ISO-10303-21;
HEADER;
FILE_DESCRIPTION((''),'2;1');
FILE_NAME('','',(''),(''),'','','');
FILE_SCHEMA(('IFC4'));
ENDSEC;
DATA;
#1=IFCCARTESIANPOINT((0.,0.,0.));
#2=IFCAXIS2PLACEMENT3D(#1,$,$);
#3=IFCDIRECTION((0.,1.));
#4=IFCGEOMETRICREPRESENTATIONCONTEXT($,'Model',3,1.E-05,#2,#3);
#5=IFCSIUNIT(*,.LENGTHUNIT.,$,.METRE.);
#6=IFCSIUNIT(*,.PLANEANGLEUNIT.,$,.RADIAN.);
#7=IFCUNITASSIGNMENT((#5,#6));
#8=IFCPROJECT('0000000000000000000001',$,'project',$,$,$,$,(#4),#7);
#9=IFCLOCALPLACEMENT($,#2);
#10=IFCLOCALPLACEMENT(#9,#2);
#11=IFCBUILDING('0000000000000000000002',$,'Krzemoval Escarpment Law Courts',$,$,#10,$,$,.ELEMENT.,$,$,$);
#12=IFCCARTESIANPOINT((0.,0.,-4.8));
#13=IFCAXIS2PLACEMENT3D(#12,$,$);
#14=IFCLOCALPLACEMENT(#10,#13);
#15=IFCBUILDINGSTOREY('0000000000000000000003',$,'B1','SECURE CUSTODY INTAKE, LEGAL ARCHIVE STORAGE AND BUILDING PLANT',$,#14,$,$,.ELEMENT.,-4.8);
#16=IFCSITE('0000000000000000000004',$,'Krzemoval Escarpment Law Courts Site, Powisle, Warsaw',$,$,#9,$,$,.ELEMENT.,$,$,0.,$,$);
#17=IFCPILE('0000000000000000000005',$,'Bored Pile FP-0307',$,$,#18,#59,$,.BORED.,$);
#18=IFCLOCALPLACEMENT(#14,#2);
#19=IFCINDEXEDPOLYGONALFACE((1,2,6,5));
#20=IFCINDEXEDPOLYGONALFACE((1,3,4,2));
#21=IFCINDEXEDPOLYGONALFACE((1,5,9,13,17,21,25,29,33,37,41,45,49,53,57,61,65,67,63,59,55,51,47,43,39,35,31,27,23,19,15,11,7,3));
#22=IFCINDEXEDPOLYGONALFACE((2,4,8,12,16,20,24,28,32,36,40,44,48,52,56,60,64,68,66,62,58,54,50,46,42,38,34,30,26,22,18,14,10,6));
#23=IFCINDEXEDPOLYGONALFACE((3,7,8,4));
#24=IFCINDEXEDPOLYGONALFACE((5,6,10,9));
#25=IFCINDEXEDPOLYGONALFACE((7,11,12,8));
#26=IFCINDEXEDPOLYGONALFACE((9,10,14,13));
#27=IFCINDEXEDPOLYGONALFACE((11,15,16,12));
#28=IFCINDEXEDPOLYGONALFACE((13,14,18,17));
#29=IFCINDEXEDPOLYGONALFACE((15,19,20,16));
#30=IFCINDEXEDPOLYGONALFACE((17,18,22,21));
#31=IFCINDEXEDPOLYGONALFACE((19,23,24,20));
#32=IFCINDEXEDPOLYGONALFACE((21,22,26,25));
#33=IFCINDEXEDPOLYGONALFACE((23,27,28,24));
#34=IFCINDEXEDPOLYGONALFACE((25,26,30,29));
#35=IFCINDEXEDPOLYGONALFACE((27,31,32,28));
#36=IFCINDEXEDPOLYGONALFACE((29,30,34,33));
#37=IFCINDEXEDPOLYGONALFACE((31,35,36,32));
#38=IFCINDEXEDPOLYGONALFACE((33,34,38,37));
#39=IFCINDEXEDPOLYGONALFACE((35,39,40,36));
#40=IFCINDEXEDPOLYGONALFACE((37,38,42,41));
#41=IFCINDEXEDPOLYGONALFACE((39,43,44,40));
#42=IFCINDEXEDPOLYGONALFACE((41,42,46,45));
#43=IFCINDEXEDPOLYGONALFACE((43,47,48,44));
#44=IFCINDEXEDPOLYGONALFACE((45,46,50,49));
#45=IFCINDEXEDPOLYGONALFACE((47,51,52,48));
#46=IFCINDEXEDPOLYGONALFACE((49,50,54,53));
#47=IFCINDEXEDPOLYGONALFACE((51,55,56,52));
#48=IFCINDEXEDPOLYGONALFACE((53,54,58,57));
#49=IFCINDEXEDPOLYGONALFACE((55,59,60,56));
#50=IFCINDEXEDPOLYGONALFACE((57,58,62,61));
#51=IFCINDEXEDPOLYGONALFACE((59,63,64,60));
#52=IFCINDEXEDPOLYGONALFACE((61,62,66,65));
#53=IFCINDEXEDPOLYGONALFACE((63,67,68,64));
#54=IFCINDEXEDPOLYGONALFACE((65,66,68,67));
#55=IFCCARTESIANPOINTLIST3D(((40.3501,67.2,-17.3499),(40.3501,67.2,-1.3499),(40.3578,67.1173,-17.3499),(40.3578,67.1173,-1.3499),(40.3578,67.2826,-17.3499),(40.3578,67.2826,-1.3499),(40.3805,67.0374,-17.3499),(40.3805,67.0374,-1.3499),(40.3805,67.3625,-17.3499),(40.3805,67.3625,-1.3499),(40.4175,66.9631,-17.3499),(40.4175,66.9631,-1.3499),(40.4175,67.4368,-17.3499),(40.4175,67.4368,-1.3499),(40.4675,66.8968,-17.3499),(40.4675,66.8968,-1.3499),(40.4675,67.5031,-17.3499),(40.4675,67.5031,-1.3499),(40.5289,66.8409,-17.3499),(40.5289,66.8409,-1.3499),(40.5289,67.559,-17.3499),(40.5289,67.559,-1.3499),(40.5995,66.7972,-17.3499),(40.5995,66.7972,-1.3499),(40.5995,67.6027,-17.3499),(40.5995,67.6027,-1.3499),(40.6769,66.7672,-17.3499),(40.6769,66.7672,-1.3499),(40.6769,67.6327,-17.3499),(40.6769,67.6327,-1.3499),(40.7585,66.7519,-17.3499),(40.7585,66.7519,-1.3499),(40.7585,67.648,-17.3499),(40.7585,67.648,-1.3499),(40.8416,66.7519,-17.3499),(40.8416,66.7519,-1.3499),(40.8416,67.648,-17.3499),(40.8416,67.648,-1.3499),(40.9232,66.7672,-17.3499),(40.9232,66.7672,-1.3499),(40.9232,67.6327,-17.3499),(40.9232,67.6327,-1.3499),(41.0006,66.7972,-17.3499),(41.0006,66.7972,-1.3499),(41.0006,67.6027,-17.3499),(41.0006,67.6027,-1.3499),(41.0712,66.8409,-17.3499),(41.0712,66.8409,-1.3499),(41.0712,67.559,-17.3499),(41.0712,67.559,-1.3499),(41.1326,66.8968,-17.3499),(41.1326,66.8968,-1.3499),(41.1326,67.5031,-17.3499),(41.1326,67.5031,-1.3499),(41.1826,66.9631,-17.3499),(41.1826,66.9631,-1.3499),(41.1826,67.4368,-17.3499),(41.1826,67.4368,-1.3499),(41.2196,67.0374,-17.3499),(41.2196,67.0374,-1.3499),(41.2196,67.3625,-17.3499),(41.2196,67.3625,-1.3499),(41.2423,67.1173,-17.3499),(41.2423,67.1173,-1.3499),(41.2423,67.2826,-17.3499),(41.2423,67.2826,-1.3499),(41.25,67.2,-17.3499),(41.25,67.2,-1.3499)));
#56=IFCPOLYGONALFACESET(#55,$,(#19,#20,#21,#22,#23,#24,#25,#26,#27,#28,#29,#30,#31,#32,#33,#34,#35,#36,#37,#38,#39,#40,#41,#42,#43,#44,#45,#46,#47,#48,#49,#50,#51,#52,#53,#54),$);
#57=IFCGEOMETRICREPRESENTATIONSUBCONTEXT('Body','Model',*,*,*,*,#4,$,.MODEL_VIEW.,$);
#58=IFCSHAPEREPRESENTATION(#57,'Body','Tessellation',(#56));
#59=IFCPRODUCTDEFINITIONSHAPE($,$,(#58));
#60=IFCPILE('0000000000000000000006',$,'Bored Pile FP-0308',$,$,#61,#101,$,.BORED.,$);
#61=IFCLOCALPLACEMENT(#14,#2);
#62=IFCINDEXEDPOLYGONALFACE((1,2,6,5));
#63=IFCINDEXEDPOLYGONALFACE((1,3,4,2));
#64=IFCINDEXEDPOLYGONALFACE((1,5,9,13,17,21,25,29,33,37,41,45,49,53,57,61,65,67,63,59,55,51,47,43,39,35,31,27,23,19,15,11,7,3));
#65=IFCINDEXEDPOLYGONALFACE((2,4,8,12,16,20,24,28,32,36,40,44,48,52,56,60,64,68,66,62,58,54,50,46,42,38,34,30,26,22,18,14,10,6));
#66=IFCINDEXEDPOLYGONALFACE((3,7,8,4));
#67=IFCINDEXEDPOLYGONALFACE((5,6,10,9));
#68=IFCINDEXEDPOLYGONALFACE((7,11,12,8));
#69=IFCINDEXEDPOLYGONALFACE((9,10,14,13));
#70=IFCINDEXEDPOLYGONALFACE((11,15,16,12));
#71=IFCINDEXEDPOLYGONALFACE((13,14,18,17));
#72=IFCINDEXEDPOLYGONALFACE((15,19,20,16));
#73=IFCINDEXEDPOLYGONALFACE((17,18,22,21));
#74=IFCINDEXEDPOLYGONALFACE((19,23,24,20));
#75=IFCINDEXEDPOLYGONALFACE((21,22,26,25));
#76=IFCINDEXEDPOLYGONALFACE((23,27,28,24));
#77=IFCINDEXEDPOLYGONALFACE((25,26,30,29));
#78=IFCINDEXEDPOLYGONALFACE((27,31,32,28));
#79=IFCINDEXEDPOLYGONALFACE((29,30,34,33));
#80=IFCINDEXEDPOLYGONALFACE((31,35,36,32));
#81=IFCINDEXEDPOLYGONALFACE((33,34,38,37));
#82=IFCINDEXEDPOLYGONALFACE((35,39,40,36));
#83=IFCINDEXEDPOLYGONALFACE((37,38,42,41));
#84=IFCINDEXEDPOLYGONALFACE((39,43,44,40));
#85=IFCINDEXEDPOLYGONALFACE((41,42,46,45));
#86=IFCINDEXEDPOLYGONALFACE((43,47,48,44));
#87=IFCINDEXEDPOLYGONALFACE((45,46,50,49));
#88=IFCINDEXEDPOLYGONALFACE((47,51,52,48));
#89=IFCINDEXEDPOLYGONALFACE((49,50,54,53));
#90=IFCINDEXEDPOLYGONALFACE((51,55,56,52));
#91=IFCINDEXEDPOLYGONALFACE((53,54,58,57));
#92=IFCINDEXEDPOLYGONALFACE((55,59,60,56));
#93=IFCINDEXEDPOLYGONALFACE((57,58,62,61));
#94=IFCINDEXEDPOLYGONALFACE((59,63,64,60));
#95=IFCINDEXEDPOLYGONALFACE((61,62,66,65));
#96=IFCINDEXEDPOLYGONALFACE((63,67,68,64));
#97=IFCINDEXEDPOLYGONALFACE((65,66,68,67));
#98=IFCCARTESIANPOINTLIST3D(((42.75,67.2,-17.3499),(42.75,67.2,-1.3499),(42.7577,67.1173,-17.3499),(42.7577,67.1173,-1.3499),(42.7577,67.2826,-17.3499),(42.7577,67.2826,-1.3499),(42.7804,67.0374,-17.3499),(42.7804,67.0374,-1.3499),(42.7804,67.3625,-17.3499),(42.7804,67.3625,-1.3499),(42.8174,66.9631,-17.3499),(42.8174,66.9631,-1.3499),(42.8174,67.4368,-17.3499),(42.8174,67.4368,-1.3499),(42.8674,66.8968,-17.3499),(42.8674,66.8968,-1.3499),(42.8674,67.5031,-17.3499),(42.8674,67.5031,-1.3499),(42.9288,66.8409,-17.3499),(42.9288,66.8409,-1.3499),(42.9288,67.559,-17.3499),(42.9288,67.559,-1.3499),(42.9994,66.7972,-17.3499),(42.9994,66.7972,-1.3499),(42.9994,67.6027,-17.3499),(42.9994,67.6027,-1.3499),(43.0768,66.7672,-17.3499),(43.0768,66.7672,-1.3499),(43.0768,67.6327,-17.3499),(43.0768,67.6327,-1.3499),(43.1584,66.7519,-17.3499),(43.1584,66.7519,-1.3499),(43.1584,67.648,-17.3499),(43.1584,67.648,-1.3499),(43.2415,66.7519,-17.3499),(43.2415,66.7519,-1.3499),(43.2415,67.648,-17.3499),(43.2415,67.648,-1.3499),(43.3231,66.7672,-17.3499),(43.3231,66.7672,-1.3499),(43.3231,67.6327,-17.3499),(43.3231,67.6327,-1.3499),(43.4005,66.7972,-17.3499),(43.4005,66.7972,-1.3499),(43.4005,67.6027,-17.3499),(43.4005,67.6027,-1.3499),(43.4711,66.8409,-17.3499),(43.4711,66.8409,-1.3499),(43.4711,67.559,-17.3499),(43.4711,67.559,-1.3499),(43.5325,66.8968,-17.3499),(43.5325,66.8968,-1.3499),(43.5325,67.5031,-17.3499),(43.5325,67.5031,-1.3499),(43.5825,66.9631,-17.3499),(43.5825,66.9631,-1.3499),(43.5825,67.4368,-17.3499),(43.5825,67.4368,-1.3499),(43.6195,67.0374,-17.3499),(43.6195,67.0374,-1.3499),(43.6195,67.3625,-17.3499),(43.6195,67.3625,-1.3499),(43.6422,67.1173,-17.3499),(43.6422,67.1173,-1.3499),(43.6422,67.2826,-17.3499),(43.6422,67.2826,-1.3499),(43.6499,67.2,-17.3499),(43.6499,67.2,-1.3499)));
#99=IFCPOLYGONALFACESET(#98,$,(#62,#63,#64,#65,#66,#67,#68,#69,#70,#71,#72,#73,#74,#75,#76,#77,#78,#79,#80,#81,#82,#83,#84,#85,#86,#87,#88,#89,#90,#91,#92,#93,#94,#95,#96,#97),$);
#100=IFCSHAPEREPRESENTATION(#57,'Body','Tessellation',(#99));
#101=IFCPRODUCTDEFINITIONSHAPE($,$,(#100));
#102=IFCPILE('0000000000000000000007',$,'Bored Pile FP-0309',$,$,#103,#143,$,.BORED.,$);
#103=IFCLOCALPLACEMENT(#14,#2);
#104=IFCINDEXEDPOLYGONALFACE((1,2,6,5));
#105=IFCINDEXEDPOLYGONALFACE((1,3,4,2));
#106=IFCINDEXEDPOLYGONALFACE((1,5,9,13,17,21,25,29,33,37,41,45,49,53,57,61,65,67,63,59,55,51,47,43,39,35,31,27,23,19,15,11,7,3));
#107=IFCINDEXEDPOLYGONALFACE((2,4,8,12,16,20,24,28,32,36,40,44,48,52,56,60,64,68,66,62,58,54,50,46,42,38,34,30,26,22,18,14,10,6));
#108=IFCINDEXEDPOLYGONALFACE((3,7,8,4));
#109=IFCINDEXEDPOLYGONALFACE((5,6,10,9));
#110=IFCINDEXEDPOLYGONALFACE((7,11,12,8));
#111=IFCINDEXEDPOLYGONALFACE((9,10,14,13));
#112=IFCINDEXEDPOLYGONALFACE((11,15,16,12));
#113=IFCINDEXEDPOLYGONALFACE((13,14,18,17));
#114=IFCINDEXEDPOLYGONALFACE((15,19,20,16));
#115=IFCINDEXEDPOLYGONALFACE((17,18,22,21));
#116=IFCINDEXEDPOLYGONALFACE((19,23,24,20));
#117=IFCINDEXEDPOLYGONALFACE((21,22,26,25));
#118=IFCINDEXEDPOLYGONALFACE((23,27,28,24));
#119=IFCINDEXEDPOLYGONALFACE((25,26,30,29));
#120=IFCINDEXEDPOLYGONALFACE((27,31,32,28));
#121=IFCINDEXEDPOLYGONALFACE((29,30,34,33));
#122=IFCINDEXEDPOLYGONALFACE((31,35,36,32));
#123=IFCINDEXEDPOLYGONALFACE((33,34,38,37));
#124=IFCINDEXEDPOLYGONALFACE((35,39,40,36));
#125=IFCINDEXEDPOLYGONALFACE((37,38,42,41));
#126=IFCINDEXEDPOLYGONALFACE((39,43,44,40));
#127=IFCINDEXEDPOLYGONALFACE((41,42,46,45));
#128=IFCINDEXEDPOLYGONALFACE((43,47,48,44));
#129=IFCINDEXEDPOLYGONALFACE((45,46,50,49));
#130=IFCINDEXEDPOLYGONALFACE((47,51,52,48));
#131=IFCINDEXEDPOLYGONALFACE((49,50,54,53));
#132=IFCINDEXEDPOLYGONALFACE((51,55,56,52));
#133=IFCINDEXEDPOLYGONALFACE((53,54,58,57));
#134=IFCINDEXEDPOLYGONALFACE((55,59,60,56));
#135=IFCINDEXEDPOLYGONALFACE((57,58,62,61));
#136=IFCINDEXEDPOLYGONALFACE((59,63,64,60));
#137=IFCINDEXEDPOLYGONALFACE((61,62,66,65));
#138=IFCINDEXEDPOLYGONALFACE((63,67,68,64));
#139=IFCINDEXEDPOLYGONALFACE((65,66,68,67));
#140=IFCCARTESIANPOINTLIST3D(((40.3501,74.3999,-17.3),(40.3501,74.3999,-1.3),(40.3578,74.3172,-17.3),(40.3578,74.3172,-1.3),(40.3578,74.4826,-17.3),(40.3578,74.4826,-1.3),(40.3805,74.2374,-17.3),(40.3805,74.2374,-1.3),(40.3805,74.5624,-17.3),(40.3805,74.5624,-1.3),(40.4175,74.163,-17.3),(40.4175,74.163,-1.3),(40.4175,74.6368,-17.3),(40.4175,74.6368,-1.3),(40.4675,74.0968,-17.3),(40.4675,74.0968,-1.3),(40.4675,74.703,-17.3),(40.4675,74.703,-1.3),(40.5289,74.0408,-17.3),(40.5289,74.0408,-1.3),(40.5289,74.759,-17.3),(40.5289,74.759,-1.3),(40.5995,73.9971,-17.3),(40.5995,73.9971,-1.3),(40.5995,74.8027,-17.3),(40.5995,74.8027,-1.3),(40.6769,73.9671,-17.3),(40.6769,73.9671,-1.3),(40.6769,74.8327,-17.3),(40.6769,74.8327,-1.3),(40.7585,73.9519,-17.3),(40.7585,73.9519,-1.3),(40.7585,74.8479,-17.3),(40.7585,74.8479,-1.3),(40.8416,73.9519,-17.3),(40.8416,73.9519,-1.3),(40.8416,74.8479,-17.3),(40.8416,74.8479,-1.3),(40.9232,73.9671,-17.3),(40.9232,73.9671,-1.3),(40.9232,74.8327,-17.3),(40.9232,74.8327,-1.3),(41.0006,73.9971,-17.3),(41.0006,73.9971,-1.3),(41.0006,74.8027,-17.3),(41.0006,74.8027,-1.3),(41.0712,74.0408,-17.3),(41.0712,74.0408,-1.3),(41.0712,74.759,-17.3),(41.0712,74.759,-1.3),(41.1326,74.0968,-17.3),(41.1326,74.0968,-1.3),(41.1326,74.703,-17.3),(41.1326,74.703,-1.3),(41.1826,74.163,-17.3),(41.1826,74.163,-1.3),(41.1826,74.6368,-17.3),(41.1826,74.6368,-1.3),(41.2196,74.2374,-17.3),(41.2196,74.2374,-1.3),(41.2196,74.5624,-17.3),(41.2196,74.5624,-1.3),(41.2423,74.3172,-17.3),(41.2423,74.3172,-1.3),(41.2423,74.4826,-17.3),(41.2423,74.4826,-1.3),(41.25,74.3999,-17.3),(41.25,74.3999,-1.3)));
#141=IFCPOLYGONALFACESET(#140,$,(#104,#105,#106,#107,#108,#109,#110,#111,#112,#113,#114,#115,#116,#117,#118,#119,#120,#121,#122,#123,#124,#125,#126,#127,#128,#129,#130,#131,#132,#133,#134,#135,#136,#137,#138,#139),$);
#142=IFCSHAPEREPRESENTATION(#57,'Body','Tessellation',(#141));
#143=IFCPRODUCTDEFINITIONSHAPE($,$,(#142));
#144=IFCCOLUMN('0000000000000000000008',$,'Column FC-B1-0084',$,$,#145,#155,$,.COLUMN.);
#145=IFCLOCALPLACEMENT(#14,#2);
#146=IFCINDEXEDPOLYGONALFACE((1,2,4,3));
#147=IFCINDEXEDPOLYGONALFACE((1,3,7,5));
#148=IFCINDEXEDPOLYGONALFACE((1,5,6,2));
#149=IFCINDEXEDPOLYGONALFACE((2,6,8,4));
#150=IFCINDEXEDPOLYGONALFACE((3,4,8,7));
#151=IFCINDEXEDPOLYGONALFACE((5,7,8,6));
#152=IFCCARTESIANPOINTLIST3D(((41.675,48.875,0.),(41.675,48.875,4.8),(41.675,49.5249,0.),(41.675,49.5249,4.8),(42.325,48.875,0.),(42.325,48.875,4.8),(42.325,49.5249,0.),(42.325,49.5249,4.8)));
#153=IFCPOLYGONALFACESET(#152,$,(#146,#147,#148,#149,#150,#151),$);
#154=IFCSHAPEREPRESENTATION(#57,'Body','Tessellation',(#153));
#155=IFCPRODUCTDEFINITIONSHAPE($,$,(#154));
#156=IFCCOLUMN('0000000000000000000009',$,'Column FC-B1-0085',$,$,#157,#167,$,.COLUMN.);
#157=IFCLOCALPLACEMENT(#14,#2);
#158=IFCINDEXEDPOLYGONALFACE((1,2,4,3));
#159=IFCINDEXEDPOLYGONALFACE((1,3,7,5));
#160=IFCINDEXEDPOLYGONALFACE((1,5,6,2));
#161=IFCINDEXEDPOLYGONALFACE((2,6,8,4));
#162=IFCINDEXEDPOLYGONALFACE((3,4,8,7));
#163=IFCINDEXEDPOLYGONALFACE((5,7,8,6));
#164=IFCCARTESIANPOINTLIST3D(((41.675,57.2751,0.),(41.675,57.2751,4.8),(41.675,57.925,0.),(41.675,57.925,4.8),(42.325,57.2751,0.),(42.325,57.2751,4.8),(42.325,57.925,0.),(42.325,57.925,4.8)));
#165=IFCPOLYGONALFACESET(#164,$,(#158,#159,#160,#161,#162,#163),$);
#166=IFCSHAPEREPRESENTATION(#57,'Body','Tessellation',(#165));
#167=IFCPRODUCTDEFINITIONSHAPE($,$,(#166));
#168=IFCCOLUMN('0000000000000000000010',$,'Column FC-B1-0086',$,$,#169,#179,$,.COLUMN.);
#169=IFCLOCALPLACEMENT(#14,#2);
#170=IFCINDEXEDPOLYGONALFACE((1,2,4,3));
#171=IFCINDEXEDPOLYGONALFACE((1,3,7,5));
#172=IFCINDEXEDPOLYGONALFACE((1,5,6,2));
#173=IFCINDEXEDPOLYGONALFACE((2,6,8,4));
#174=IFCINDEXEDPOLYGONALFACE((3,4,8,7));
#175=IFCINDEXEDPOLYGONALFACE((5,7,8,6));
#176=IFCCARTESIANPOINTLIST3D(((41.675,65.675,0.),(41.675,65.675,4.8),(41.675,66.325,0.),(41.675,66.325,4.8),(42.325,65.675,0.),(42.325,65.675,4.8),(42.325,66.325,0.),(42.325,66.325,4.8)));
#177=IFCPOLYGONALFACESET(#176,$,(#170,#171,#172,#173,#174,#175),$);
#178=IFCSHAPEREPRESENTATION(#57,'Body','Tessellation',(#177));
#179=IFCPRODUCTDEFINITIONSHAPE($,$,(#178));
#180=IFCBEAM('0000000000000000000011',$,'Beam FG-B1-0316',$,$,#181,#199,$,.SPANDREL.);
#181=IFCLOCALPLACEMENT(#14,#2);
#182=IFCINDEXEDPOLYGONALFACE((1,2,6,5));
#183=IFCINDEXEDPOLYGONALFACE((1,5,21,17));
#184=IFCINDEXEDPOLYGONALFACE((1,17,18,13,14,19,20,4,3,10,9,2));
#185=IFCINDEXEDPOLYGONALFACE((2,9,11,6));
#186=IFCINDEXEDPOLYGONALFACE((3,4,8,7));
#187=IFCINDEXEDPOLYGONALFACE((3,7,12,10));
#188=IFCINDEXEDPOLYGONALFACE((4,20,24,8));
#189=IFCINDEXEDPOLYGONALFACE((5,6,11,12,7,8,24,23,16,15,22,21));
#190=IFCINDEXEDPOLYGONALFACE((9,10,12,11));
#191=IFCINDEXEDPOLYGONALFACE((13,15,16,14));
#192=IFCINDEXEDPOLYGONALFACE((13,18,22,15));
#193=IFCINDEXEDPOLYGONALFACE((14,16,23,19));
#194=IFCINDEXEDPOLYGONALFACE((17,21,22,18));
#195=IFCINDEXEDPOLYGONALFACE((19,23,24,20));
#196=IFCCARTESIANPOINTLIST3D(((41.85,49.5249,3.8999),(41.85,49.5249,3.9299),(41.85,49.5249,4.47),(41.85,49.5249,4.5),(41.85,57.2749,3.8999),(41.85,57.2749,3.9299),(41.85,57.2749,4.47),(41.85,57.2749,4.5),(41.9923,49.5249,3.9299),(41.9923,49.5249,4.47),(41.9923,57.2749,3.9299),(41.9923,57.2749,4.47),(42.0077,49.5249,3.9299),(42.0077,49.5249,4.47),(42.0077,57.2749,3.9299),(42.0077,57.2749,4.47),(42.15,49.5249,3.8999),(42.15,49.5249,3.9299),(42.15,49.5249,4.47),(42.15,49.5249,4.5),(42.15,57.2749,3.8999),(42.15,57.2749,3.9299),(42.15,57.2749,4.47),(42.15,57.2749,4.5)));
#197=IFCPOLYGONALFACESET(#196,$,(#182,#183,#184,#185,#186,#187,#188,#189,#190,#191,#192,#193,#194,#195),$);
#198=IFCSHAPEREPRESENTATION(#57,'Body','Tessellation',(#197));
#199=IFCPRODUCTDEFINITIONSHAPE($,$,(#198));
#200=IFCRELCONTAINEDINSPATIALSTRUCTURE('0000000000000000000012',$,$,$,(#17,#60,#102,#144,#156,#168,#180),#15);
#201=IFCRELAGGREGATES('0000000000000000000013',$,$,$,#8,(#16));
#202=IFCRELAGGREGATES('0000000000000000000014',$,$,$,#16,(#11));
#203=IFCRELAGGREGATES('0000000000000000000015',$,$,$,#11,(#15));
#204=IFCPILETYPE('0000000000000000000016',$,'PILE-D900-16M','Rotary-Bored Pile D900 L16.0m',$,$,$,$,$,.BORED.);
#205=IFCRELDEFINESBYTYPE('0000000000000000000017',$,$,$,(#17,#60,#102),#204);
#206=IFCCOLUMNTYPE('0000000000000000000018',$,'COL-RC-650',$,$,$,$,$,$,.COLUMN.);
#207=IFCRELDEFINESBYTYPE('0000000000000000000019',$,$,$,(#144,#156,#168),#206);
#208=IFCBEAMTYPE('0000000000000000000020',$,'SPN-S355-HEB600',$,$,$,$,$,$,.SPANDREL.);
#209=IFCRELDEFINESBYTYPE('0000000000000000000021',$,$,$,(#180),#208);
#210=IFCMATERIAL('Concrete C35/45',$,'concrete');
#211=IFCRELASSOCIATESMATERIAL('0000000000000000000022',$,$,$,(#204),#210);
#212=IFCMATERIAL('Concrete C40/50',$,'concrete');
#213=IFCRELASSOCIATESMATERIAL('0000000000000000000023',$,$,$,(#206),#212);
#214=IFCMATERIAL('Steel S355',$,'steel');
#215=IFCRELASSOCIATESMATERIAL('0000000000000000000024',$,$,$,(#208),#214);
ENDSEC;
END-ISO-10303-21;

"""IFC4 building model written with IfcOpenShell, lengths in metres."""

from ifc_helpers import new_model, si_unit, direction, frame, origin, origin_2d, place, context, subcontext, project, spatial, rectangle, circle, i_section, extrude, material, material_profile, profile_set, type_object, element, save


model = new_model("IFC4")

# Units and contexts
model_context = context("Model", 3, precision=1e-05, world=origin(), true_north=direction((0.0, 1.0)))
body_context = subcontext(model_context, "Body", "Model", "MODEL_VIEW")
ifc_project = project(units=[si_unit("LENGTHUNIT", "METRE"), si_unit("PLANEANGLEUNIT", "RADIAN")], contexts=[model_context])

# Site, building, storey
site_placement = place(None, origin())
site = spatial("IfcSite", under=ifc_project, at=site_placement, Name="Krzemoval Escarpment Law Courts Site, Powisle, Warsaw", CompositionType="ELEMENT", RefElevation=0.0)
building_placement = place(site_placement, origin())
building = spatial("IfcBuilding", under=site, at=building_placement, Name="Krzemoval Escarpment Law Courts", CompositionType="ELEMENT")
storey_placement = place(building_placement, frame((0.0, 0.0, -4.8)))
storey = spatial("IfcBuildingStorey", under=building, at=storey_placement, Name="B1", Description="SECURE CUSTODY INTAKE, LEGAL ARCHIVE STORAGE AND BUILDING PLANT", CompositionType="ELEMENT", Elevation=-4.8)

# Piles
ifc_material_1 = material(Name="Concrete C35/45", Category="concrete")
ifc_material_profile_1 = material_profile(ifc_material_1, circle(Radius=0.45, at=origin_2d()), Name="PILE D900")
ifc_profile_set_1 = profile_set([ifc_material_profile_1], Name="Concrete C35/45")
pile_type = type_object("IfcPileType", Name="PILE-D900-16M", Description="Rotary-Bored Pile D900 L16.0m", PredefinedType="BORED", material=ifc_profile_set_1)
for number, where, z_axis, x_axis, name in (
    (1, (40.8, 67.2, -1.3499), (0.0, 0.0, -1.0), (1.0, 0.0, 0.0), "Bored Pile FP-0307"),
    (2, (43.2, 67.2, -1.3499), (0.0, 0.0, -1.0), (1.0, 0.0, 0.0), "Bored Pile FP-0308"),
    (3, (40.8, 74.3999, -1.3), (0.0, 0.0, -1.0), (1.0, 0.0, 0.0), "Bored Pile FP-0309"),
):
    element("IfcPile", number, at=place(storey_placement, frame(where, z_axis=z_axis, x_axis=x_axis)), inside=storey, type_object=pile_type, Name=name, PredefinedType="BORED", context=body_context, shape_type="SweptSolid", body=[
        extrude(circle(Radius=0.45, at=origin_2d()), origin(), (0.0, 0.0, 1.0), 16.0),
    ])

# Columns
ifc_material_2 = material(Name="Concrete C40/50", Category="concrete")
ifc_material_profile_2 = material_profile(ifc_material_2, rectangle(XDim=0.6499, YDim=0.6499, at=origin_2d()), Name="RC 650x650")
ifc_profile_set_2 = profile_set([ifc_material_profile_2], Name="Concrete C40/50")
column_type = type_object("IfcColumnType", Name="COL-RC-650", PredefinedType="COLUMN", material=ifc_profile_set_2)
for number, where, z_axis, x_axis, name in (
    (4, (42.0, 49.2, 0.0), (0.0, 0.0, 1.0), (1.0, 0.0, 0.0), "Column FC-B1-0084"),
    (5, (42.0, 57.6001, 0.0), (0.0, 0.0, 1.0), (1.0, 0.0, 0.0), "Column FC-B1-0085"),
    (6, (42.0, 66.0, 0.0), (0.0, 0.0, 1.0), (1.0, 0.0, 0.0), "Column FC-B1-0086"),
):
    element("IfcColumn", number, at=place(storey_placement, frame(where, z_axis=z_axis, x_axis=x_axis)), inside=storey, type_object=column_type, Name=name, PredefinedType="COLUMN", context=body_context, shape_type="SweptSolid", body=[
        extrude(rectangle(XDim=0.6499, YDim=0.6499, at=origin_2d()), origin(), (0.0, 0.0, 1.0), 4.8),
    ])

# Beam
ifc_material_3 = material(Name="Steel S355", Category="steel")
ifc_material_profile_3 = material_profile(ifc_material_3, i_section(OverallWidth=0.3, OverallDepth=0.6001, WebThickness=0.0154, FlangeThickness=0.03, at=origin_2d()), Name="HEB 600")
ifc_profile_set_3 = profile_set([ifc_material_profile_3], Name="Steel S355")
beam_type = type_object("IfcBeamType", Name="SPN-S355-HEB600", PredefinedType="SPANDREL", material=ifc_profile_set_3)
for number, where, z_axis, x_axis, name in (
    (7, (42.0, 49.5249, 4.2), (0.0, 1.0, 0.0), (-1.0, 0.0, 0.0), "Beam FG-B1-0316"),
):
    element("IfcBeam", number, at=place(storey_placement, frame(where, z_axis=z_axis, x_axis=x_axis)), inside=storey, type_object=beam_type, Name=name, PredefinedType="SPANDREL", context=body_context, shape_type="SweptSolid", body=[
        extrude(i_section(OverallWidth=0.3, OverallDepth=0.6001, WebThickness=0.0154, FlangeThickness=0.03, at=origin_2d()), origin(), (0.0, 0.0, 1.0), 7.75),
    ])

save(model, "model.ifc")
